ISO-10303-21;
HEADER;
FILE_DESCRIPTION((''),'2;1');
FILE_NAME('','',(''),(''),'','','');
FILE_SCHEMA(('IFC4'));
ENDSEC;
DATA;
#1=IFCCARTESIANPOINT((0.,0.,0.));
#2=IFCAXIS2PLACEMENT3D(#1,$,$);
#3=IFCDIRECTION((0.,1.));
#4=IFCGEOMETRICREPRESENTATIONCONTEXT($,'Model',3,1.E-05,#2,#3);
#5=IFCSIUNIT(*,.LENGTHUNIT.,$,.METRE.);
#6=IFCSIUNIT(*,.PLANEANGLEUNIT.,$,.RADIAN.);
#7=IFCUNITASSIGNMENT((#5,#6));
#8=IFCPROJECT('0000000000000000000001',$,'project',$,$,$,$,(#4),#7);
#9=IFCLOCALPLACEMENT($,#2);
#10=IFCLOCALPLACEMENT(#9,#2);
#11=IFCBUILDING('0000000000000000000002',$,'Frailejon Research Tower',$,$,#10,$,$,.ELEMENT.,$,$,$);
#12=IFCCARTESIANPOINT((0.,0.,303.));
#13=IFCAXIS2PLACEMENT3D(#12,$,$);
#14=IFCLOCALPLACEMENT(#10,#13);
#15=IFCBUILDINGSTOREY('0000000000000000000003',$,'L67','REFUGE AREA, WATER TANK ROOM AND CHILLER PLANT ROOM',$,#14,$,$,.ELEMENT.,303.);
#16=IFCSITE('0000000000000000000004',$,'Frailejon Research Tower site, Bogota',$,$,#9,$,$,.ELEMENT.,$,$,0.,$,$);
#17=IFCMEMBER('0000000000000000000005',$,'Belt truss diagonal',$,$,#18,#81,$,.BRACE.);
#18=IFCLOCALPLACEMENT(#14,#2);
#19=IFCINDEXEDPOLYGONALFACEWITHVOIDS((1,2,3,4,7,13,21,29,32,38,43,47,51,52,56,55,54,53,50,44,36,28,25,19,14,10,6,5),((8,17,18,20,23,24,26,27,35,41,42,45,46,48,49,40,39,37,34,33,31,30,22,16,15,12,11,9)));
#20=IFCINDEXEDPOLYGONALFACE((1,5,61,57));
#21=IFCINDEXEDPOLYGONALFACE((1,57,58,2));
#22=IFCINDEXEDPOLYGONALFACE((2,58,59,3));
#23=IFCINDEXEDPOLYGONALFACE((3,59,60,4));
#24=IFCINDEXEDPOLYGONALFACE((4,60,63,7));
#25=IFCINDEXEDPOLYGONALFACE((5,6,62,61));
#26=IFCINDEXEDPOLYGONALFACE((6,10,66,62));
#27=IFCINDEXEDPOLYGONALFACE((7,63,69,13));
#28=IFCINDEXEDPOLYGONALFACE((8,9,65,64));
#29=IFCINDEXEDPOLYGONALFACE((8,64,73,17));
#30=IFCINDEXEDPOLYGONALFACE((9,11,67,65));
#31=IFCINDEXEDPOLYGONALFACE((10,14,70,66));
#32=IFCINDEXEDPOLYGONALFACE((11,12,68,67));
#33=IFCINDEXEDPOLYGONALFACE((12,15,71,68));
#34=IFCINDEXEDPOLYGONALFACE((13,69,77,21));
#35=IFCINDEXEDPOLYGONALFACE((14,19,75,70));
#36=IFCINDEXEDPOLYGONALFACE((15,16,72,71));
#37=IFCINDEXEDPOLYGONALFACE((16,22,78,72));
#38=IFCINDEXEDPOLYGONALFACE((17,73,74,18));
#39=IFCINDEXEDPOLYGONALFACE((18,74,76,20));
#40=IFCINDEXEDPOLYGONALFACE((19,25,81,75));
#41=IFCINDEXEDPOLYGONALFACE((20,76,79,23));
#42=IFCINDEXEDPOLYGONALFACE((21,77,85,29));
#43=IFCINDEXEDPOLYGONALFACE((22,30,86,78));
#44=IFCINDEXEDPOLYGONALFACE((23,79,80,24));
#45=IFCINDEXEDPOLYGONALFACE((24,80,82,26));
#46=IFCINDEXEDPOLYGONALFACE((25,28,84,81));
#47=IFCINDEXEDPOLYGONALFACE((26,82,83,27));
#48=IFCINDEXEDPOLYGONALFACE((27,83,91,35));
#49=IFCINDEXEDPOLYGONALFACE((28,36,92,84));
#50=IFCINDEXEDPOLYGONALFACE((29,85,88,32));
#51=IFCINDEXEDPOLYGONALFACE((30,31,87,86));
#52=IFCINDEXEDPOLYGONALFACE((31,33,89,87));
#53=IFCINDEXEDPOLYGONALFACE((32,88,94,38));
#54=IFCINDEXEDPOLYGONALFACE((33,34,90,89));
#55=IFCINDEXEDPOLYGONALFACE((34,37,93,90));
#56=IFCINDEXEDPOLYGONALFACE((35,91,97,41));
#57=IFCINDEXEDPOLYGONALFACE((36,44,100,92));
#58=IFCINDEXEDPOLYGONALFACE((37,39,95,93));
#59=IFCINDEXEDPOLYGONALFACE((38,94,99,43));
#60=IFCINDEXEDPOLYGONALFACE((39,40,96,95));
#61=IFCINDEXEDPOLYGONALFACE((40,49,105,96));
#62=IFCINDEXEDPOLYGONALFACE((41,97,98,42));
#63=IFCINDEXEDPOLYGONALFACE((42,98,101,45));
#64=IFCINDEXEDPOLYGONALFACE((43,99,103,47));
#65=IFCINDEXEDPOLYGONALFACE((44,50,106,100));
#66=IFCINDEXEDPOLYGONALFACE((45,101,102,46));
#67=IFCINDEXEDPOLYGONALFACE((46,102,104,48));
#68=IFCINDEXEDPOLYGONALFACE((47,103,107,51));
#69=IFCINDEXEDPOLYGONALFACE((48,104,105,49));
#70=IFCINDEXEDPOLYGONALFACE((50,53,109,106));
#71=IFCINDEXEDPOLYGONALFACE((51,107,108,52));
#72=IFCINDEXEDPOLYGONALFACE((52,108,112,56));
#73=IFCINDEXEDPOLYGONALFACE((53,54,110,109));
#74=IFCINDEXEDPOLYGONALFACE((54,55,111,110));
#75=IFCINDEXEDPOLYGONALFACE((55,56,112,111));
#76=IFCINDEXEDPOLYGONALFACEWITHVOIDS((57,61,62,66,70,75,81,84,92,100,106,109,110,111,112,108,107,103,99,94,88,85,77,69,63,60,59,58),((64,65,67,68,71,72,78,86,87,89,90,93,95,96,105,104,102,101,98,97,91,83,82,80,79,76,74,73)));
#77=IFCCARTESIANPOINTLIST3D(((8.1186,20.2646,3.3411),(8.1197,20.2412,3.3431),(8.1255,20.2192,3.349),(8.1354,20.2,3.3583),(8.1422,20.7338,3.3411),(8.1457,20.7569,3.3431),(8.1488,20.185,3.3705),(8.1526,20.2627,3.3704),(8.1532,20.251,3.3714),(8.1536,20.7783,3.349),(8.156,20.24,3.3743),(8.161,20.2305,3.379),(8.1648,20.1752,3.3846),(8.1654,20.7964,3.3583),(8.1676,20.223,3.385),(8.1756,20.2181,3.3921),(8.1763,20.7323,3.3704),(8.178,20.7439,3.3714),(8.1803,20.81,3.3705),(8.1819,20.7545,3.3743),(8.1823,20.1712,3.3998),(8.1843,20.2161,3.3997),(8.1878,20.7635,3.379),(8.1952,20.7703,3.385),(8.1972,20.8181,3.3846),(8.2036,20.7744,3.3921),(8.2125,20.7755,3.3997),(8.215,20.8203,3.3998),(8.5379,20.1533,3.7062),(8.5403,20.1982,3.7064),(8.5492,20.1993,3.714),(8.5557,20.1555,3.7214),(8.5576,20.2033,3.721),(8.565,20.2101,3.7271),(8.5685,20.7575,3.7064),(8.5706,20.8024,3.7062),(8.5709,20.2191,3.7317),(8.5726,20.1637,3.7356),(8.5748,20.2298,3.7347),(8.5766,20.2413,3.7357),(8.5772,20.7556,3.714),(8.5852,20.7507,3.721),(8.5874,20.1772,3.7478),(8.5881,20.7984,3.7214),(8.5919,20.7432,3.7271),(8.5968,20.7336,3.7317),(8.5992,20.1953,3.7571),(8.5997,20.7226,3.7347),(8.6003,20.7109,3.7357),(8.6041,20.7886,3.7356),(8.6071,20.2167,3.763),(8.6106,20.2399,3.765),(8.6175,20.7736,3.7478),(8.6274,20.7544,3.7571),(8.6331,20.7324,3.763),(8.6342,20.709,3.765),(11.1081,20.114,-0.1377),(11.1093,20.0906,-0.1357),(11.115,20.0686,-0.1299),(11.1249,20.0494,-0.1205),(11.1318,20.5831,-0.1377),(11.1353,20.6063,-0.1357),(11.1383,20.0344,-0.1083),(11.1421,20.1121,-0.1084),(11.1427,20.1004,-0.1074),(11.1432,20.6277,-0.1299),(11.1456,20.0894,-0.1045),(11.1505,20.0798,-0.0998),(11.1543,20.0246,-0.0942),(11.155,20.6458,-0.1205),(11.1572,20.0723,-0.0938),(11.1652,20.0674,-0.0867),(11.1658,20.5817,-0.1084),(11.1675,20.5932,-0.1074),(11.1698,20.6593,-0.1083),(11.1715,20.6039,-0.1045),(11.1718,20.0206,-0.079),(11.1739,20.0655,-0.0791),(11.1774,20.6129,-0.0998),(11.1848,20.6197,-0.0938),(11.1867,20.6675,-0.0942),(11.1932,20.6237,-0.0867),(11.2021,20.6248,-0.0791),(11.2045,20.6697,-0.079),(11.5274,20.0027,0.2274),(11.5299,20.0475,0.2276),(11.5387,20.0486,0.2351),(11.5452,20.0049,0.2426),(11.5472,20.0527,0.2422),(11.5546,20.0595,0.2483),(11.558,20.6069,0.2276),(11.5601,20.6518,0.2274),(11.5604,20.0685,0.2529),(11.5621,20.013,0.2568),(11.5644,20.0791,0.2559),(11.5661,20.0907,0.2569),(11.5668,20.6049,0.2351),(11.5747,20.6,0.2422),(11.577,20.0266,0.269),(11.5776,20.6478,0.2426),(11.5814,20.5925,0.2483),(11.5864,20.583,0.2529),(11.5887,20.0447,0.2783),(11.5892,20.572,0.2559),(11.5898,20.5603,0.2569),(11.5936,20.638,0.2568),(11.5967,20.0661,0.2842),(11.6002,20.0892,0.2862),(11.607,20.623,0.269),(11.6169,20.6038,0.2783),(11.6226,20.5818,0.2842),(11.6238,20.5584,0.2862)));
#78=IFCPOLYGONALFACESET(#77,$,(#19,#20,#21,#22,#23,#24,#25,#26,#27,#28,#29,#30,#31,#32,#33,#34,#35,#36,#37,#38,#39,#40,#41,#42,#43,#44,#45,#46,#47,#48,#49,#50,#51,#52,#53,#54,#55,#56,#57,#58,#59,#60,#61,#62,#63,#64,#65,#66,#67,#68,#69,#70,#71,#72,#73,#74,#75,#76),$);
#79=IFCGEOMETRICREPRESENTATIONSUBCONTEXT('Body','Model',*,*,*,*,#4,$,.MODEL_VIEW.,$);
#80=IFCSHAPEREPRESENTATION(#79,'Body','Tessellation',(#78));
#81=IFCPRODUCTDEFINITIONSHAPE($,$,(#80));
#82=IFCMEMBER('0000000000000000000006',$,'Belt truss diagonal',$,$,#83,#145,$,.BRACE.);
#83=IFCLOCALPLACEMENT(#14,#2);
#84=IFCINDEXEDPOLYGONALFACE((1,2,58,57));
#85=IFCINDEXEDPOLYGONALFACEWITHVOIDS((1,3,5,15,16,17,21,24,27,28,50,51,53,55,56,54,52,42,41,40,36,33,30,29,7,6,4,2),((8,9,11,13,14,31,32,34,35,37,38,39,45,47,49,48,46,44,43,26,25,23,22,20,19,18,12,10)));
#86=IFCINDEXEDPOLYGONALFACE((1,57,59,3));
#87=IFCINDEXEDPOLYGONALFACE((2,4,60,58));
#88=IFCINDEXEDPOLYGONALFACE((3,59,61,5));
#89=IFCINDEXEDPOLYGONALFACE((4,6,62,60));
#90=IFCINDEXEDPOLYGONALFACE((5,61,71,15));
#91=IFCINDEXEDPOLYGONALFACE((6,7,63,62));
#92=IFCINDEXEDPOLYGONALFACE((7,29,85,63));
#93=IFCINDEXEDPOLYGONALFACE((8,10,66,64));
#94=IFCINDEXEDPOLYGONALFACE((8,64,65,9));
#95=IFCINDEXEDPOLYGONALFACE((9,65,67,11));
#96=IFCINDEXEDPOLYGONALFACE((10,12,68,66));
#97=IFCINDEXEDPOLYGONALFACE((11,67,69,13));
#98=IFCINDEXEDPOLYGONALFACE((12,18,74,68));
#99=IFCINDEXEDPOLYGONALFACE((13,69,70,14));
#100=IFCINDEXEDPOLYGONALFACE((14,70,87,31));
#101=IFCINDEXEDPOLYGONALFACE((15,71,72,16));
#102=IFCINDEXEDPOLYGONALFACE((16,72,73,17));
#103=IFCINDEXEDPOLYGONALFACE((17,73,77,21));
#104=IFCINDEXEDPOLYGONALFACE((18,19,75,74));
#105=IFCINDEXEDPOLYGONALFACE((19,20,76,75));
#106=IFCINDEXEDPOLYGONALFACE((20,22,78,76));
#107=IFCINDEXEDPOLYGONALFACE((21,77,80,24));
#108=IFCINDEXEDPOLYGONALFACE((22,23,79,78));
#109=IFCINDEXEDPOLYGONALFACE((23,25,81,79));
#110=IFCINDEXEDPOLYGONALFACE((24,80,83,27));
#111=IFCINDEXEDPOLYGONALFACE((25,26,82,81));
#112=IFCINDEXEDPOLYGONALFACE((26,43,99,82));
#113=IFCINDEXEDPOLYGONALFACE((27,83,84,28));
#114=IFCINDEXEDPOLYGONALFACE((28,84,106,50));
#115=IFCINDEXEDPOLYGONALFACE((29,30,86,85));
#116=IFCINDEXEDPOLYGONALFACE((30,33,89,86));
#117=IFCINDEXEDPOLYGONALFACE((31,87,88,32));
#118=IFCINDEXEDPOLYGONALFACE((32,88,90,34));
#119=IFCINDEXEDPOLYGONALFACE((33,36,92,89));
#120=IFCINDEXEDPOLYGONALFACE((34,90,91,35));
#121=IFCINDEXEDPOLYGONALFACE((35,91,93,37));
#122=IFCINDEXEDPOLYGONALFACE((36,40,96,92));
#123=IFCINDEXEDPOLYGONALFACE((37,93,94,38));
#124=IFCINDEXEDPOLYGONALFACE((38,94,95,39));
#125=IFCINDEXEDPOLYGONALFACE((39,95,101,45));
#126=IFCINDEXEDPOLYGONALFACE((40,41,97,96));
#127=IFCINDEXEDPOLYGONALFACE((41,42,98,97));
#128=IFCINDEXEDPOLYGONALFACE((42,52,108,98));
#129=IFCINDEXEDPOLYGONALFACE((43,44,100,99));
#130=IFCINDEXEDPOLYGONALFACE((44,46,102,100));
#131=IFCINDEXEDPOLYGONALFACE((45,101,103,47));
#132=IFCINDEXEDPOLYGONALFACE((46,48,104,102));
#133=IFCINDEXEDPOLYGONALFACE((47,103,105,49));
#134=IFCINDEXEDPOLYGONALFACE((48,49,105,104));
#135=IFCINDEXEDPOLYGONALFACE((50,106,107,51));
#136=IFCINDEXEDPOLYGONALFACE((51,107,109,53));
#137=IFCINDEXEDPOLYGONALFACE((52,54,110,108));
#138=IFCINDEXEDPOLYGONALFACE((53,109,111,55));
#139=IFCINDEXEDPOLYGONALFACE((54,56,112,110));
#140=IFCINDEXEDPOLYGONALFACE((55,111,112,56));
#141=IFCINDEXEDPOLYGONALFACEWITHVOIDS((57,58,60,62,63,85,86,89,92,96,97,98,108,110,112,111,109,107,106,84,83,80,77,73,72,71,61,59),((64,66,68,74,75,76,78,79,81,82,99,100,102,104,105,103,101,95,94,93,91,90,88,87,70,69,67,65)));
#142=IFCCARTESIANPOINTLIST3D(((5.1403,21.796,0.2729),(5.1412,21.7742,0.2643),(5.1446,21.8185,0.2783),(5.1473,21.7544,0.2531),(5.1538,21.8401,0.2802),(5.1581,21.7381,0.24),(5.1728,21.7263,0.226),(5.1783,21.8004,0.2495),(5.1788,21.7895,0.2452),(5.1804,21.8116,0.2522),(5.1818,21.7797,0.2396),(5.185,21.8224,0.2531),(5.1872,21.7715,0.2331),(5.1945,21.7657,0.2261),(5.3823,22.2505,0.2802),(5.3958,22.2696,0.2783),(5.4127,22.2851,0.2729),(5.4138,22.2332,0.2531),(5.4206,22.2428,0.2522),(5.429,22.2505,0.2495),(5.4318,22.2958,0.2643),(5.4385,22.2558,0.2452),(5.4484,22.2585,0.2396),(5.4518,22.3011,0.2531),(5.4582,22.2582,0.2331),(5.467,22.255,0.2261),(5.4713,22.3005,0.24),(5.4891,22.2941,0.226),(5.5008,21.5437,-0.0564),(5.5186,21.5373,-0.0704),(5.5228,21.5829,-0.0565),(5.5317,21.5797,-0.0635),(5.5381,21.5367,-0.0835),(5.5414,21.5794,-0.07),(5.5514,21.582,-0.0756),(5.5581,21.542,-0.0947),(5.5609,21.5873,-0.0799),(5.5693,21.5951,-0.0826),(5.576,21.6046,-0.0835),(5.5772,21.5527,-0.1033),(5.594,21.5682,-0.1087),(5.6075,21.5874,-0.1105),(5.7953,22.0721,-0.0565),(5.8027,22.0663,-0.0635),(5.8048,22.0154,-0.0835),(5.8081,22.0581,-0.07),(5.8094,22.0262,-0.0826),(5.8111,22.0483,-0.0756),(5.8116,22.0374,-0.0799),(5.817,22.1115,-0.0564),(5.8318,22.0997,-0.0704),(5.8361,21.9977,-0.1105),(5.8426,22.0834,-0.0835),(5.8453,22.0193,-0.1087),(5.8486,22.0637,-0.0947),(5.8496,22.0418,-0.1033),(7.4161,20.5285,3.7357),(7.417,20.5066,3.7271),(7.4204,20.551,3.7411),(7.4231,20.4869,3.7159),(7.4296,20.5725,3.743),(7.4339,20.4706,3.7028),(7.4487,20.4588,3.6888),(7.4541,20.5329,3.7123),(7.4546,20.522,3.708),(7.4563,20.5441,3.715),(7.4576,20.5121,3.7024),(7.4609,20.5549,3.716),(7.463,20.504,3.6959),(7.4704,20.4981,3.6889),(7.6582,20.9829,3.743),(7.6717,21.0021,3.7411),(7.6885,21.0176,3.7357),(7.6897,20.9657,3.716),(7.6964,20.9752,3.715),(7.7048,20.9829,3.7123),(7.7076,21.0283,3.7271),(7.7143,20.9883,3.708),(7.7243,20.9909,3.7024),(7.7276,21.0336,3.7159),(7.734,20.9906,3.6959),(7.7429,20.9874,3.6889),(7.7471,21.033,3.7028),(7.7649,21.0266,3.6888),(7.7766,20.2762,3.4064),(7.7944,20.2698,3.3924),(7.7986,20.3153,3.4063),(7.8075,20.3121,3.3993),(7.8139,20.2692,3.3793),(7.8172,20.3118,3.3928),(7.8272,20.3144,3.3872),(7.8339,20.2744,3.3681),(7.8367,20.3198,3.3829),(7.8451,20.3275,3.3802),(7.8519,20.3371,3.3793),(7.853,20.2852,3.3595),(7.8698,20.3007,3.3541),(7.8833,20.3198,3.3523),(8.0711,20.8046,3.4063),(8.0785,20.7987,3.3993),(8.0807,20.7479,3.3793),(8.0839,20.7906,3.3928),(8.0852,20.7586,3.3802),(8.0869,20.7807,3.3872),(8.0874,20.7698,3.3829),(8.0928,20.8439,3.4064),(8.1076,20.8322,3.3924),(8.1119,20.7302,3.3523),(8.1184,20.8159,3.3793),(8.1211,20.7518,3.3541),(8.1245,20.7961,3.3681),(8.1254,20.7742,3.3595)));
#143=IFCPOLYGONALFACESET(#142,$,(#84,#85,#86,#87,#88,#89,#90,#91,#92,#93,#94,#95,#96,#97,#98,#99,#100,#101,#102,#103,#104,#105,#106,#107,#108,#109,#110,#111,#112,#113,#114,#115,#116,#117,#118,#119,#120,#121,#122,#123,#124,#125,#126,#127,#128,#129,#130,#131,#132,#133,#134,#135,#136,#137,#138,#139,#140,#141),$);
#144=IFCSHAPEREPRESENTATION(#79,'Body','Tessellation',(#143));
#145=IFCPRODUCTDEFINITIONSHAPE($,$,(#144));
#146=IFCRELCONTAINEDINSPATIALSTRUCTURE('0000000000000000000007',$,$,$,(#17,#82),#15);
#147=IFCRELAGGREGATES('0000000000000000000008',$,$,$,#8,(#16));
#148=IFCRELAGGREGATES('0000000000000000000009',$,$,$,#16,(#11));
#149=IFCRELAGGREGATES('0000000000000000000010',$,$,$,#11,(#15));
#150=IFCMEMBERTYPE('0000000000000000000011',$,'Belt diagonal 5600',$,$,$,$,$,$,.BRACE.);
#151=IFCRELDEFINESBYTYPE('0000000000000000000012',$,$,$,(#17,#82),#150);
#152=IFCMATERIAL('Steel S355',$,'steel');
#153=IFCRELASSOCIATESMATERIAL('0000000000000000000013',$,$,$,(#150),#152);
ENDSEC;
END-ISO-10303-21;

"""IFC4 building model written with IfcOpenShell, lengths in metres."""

from ifc_helpers import new_model, si_unit, direction, frame, origin, origin_2d, place, context, subcontext, project, spatial, hollow_rectangle, extrude, material, material_profile, profile_set, type_object, element, save


model = new_model("IFC4")

# Units and contexts
model_context = context("Model", 3, precision=1e-05, world=origin(), true_north=direction((0.0, 1.0)))
body_context = subcontext(model_context, "Body", "Model", "MODEL_VIEW")
ifc_project = project(units=[si_unit("LENGTHUNIT", "METRE"), si_unit("PLANEANGLEUNIT", "RADIAN")], contexts=[model_context])

# Site, building, storey
site_placement = place(None, origin())
site = spatial("IfcSite", under=ifc_project, at=site_placement, Name="Frailejon Research Tower site, Bogota", CompositionType="ELEMENT", RefElevation=0.0)
building_placement = place(site_placement, origin())
building = spatial("IfcBuilding", under=site, at=building_placement, Name="Frailejon Research Tower", CompositionType="ELEMENT")
storey_placement = place(building_placement, frame((0.0, 0.0, 303.0)))
storey = spatial("IfcBuildingStorey", under=building, at=storey_placement, Name="L67", Description="REFUGE AREA, WATER TANK ROOM AND CHILLER PLANT ROOM", CompositionType="ELEMENT", Elevation=303.0)

# Members
ifc_material_1 = material(Name="Steel S355", Category="steel")
ifc_material_profile_1 = material_profile(ifc_material_1, hollow_rectangle(XDim=0.6499, YDim=0.6499, WallThickness=0.0449, InnerFilletRadius=0.0449, OuterFilletRadius=0.0901, at=origin_2d()), Name="Belt diagonal 5600")
ifc_profile_set_1 = profile_set([ifc_material_profile_1], Name="Steel S355")
member_type = type_object("IfcMemberType", Name="Belt diagonal 5600", PredefinedType="BRACE", material=ifc_profile_set_1)
member_1_placement = place(storey_placement, frame((11.366, 20.3362, 0.0742), z_axis=(-0.651408, 0.032823, 0.758017), x_axis=(-0.050324, -0.998733, 0.0)))
element("IfcMember", 1, at=member_1_placement, inside=storey, type_object=member_type, Name="Belt truss diagonal", PredefinedType="BRACE", context=body_context, shape_type="SweptSolid", body=[
    extrude(hollow_rectangle(XDim=0.6499, YDim=0.6499, WallThickness=0.0449, InnerFilletRadius=0.0449, OuterFilletRadius=0.0901, at=origin_2d()), origin(), (0.0, 0.0, 1.0), 4.5894),
])
member_2_placement = place(storey_placement, frame((7.7708, 20.6514, 3.5476), z_axis=(-0.5252, 0.292516, -0.799124), x_axis=(-0.486582, -0.873635, 0.0)))
element("IfcMember", 2, at=member_2_placement, inside=storey, type_object=member_type, Name="Belt truss diagonal", PredefinedType="BRACE", context=body_context, shape_type="SweptSolid", body=[
    extrude(hollow_rectangle(XDim=0.6499, YDim=0.6499, WallThickness=0.0449, InnerFilletRadius=0.0449, OuterFilletRadius=0.0901, at=origin_2d()), origin(), (0.0, 0.0, 1.0), 4.3333),
])

save(model, "model.ifc")
